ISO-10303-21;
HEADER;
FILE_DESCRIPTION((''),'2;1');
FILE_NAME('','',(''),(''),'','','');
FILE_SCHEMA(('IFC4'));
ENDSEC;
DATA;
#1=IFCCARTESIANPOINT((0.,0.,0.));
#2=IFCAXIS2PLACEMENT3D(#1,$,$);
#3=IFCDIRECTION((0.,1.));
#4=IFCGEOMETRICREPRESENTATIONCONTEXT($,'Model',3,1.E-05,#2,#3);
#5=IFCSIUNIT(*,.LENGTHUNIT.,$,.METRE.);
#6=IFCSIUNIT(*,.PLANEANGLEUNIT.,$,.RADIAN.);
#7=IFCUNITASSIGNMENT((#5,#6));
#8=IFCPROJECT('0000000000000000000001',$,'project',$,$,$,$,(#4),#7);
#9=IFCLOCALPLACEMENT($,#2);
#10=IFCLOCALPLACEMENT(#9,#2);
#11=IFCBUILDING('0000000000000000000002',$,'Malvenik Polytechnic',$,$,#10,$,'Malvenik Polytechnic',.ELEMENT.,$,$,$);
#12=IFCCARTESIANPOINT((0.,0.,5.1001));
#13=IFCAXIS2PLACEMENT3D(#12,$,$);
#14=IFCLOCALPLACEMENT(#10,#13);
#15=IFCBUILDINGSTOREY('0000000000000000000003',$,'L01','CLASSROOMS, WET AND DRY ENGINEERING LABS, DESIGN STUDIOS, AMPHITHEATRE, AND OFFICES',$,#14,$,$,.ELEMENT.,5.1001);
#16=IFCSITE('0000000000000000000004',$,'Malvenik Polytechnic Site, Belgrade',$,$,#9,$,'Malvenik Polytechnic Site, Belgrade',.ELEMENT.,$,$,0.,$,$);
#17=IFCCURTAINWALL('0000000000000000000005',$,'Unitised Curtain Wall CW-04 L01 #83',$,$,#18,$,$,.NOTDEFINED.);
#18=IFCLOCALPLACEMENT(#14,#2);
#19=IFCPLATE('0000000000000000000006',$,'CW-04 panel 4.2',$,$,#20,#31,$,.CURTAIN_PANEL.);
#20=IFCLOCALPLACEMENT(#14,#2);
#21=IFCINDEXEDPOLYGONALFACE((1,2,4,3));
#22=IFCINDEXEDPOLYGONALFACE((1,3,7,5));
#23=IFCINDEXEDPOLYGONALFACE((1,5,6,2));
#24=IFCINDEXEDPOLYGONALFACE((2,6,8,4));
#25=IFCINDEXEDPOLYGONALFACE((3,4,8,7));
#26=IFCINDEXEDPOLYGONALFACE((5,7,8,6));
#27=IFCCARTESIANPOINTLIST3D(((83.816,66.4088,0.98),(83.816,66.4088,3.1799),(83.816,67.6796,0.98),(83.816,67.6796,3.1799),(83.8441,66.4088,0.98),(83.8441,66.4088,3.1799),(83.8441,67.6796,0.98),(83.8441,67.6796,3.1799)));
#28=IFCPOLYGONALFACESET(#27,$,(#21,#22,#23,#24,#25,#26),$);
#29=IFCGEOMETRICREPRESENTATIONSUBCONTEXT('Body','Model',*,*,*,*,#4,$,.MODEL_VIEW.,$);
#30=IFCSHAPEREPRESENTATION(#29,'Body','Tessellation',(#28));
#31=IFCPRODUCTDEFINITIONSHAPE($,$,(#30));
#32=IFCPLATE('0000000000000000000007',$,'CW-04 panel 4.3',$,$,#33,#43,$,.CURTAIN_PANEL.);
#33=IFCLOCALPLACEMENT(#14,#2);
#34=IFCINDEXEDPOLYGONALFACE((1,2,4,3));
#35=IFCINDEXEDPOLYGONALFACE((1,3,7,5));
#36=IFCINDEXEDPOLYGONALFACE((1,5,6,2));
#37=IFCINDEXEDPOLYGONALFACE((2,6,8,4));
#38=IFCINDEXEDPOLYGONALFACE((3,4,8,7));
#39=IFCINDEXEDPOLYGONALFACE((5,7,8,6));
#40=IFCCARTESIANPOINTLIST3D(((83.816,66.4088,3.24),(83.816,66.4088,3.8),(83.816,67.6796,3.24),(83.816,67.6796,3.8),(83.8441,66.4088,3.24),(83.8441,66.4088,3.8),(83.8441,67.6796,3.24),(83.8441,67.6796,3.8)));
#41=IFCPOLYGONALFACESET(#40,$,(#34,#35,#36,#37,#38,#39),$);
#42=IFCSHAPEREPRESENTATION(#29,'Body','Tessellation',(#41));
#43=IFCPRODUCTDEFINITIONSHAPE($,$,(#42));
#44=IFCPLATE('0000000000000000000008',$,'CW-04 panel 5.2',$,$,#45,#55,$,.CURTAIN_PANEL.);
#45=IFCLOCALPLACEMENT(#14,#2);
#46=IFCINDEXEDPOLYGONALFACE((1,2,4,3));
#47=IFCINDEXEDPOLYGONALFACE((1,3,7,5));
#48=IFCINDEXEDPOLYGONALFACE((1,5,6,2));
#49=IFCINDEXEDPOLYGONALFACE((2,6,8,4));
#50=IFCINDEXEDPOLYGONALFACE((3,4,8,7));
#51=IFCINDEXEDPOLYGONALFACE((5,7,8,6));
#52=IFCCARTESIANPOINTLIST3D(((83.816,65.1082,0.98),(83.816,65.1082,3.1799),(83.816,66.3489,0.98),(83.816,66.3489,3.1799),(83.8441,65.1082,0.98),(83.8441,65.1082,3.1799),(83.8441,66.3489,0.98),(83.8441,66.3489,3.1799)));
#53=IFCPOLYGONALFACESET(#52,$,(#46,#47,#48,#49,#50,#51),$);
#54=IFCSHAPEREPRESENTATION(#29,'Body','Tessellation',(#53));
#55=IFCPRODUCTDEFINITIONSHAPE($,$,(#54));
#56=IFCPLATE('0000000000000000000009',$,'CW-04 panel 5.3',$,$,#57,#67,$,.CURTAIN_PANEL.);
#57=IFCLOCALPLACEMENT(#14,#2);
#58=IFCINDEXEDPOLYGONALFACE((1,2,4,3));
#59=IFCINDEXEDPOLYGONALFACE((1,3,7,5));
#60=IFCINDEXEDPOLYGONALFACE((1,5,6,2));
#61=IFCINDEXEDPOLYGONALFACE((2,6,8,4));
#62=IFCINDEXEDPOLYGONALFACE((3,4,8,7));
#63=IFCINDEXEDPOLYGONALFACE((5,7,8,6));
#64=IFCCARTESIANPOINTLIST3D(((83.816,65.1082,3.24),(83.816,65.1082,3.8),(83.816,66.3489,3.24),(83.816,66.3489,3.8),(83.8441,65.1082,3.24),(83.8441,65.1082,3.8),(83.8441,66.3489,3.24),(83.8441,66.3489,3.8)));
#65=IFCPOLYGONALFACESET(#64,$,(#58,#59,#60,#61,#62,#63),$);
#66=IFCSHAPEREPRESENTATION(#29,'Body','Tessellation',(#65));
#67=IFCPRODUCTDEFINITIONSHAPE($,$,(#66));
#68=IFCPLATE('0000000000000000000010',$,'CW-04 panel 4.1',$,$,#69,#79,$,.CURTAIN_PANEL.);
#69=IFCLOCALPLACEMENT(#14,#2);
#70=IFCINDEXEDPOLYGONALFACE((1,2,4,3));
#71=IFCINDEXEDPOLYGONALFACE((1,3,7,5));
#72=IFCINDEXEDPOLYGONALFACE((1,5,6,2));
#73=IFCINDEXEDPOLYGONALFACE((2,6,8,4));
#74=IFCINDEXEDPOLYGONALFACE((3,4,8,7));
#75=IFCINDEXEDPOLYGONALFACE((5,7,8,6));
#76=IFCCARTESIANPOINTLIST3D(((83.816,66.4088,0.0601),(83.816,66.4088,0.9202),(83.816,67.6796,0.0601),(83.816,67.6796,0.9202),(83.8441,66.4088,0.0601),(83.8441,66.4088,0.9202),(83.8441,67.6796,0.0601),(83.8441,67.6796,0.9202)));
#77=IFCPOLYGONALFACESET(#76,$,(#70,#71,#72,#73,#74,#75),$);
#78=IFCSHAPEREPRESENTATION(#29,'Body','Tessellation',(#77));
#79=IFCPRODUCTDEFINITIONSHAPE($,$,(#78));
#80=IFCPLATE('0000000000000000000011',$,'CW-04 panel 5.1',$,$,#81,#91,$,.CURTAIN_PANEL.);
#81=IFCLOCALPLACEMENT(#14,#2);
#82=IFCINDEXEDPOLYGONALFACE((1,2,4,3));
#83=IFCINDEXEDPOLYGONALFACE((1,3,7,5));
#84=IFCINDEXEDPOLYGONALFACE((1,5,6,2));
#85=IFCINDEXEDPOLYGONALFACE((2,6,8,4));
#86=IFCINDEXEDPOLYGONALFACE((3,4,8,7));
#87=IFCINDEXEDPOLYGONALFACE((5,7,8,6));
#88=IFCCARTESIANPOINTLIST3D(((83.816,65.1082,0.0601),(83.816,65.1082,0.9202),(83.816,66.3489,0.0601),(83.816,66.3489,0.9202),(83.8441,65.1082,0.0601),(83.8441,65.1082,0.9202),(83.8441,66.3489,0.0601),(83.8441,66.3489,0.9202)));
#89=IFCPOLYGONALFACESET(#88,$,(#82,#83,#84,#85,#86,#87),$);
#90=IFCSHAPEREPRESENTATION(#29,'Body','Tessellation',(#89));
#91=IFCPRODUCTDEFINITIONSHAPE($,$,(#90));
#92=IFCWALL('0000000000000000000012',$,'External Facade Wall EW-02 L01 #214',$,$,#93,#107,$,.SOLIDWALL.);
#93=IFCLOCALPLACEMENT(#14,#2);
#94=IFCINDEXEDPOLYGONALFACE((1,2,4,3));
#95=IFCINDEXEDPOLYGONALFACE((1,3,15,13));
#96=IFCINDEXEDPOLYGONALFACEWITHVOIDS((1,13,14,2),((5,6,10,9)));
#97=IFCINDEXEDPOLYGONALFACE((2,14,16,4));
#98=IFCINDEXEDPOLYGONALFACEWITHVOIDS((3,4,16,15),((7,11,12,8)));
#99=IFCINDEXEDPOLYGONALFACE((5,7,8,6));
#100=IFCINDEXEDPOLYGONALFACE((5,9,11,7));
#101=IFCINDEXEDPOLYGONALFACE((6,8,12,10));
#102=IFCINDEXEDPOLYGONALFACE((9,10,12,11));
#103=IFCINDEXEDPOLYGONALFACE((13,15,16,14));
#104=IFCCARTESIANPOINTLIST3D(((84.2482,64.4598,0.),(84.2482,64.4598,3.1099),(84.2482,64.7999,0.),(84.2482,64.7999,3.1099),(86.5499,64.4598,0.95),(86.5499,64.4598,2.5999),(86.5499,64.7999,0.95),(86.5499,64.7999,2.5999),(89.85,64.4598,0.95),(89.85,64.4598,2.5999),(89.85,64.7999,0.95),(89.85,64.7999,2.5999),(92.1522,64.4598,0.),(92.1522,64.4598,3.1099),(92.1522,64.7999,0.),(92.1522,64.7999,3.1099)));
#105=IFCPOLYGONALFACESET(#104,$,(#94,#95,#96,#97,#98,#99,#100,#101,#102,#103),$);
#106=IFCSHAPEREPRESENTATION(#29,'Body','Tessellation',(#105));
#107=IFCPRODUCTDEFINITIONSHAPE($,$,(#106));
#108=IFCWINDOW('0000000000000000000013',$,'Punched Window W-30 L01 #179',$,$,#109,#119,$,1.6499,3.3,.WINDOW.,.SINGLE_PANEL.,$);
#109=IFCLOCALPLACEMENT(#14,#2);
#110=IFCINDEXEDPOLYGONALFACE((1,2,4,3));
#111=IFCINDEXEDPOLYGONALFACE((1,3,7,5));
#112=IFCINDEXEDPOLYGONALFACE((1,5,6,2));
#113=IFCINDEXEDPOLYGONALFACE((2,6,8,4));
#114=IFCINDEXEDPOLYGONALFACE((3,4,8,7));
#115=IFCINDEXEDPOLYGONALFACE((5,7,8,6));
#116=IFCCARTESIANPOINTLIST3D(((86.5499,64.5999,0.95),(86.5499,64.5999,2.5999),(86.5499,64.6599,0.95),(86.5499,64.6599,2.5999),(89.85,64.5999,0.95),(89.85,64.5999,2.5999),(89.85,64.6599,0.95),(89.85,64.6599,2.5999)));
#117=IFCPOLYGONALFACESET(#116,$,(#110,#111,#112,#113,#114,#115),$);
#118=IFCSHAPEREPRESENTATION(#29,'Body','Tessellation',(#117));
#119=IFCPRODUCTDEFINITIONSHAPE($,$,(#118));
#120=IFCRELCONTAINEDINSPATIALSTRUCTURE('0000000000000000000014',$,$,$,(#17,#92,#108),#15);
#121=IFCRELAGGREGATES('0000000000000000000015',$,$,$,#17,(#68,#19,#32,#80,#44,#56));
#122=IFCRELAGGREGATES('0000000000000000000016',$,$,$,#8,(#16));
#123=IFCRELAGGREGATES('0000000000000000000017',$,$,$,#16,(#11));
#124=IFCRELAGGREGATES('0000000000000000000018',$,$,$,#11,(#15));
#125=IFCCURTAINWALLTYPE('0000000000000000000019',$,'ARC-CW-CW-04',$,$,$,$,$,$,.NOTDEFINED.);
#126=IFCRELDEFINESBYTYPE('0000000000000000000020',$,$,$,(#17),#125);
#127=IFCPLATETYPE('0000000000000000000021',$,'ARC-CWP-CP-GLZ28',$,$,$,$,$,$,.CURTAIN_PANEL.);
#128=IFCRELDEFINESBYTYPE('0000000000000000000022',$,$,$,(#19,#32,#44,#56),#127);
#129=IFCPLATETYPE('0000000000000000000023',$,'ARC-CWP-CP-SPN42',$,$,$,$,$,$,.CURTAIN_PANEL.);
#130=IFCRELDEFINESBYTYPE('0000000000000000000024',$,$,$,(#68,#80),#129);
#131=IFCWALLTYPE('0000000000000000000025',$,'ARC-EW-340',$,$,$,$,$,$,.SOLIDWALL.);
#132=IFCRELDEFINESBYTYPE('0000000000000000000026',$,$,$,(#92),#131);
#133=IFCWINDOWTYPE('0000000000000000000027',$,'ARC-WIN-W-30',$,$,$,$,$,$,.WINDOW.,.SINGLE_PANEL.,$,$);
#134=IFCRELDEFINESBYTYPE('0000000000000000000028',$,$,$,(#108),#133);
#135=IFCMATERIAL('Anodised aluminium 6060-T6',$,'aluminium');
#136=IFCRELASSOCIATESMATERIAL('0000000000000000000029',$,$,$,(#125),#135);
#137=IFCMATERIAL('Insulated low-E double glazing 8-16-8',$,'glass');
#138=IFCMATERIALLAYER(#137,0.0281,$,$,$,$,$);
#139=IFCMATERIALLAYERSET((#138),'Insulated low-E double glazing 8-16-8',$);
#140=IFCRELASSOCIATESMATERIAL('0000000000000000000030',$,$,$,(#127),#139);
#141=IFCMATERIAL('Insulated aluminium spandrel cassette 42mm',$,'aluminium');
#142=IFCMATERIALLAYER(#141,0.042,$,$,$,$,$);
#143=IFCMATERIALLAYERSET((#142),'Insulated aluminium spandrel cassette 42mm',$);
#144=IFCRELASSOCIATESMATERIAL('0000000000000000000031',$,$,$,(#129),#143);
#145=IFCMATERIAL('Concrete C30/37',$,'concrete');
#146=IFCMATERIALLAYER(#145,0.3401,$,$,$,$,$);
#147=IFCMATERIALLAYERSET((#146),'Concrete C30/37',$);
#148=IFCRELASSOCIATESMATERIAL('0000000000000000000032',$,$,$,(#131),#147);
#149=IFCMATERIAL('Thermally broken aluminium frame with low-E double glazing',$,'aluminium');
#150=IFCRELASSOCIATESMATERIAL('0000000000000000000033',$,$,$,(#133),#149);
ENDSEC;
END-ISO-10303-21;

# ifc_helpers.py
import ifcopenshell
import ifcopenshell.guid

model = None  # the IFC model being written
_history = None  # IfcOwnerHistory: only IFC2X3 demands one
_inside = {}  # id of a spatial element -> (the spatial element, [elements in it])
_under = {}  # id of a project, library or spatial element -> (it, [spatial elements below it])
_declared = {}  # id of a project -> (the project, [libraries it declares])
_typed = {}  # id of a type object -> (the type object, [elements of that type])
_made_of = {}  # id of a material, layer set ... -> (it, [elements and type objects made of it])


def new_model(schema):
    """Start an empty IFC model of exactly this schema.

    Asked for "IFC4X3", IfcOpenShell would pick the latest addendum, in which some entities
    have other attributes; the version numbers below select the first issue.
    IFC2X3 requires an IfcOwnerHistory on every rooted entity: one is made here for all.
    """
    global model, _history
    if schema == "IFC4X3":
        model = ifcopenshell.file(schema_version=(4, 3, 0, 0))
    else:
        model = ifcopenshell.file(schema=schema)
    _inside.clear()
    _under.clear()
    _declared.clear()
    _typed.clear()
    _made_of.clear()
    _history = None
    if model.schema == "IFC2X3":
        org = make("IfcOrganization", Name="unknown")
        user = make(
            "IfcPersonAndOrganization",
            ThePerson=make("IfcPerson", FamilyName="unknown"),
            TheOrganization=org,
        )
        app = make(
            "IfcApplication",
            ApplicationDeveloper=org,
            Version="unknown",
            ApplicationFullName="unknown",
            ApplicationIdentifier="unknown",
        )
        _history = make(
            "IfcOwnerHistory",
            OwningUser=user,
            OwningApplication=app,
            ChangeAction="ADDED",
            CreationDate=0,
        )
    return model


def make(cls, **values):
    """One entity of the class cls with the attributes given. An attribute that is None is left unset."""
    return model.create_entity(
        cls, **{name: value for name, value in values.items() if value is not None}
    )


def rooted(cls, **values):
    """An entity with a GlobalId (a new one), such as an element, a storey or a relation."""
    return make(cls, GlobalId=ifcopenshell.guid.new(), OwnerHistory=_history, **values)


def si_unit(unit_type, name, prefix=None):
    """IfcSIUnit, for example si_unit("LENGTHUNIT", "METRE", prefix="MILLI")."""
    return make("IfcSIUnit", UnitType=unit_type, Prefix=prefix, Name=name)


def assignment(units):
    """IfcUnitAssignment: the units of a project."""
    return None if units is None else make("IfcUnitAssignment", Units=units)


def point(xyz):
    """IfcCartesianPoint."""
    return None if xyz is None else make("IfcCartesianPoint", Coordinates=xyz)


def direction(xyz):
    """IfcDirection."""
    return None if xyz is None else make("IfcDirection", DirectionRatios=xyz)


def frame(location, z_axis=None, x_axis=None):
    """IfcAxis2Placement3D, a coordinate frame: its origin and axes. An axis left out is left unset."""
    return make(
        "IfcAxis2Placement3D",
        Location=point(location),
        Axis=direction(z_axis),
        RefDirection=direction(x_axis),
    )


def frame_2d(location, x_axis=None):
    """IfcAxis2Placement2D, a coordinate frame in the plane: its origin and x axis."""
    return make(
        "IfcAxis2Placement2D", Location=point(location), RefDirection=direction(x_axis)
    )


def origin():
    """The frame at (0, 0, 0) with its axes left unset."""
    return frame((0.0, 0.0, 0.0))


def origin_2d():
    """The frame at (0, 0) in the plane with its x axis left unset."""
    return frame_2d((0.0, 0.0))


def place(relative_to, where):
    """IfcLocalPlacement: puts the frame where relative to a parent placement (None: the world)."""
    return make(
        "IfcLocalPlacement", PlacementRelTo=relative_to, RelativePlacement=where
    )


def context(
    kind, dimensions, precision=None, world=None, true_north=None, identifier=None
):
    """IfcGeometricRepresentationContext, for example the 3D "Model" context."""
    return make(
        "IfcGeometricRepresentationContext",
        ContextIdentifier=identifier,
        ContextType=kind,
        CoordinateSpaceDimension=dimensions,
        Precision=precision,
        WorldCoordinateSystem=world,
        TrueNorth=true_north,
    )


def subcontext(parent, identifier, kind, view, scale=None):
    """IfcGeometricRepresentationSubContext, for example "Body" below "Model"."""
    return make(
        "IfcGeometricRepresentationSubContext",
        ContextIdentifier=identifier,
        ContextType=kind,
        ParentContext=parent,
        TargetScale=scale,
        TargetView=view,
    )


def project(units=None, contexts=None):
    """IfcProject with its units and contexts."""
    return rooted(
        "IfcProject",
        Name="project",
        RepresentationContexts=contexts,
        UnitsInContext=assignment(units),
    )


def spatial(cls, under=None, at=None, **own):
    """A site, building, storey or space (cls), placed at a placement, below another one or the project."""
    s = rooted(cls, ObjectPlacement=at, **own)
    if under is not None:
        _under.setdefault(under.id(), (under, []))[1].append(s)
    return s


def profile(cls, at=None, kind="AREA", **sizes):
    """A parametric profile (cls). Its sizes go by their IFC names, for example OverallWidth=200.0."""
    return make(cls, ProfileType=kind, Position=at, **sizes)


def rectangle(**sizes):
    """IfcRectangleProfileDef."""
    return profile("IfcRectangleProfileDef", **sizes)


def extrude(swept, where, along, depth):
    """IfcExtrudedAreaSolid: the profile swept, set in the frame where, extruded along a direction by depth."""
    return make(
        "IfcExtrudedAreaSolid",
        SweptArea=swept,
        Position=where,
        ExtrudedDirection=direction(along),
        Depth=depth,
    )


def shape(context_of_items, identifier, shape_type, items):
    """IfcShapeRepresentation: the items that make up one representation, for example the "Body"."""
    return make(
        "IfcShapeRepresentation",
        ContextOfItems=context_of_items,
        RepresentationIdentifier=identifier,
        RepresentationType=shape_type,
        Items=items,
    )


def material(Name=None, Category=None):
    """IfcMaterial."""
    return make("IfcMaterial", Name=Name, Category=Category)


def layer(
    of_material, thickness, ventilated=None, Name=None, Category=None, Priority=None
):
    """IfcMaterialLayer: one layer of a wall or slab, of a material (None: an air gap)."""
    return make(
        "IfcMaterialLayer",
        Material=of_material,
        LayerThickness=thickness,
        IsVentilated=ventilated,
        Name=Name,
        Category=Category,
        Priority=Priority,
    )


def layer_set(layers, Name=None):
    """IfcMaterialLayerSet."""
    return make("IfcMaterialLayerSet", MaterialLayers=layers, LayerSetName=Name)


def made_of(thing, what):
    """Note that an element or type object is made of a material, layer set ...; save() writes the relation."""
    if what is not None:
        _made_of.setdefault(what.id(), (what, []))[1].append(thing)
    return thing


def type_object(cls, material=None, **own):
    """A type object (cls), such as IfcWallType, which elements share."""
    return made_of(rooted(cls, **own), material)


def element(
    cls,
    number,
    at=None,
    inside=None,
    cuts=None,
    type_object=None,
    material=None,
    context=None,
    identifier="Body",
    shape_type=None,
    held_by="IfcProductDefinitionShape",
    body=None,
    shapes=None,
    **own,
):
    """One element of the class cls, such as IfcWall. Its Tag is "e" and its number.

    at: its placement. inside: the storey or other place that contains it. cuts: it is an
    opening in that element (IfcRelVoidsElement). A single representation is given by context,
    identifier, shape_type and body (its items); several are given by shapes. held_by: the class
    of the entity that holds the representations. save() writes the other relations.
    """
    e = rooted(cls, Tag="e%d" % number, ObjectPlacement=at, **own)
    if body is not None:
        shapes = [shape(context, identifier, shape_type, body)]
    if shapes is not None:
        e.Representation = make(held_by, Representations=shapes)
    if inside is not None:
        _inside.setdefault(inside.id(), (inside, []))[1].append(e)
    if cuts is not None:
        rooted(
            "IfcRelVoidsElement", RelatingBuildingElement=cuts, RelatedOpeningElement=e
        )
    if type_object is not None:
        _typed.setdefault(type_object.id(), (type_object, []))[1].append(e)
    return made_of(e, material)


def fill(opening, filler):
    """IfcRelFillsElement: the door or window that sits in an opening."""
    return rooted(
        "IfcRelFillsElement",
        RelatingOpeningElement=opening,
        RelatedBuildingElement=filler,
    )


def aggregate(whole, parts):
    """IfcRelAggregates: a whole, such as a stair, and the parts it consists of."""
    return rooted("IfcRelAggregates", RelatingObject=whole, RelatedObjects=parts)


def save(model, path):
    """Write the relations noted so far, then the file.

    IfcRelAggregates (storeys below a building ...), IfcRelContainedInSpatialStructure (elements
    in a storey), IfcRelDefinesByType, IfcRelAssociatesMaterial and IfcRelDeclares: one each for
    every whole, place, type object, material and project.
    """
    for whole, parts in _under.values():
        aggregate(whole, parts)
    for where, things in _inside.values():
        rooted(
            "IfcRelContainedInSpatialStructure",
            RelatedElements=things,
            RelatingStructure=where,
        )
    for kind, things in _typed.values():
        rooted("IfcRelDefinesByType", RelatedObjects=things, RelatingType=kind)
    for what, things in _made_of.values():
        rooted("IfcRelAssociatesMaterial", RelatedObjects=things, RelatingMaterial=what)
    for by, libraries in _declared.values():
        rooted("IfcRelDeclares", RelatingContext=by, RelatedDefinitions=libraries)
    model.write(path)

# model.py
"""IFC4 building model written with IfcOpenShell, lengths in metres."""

from ifc_helpers import new_model, si_unit, direction, frame, frame_2d, origin, origin_2d, place, context, subcontext, project, spatial, rectangle, extrude, material, layer, layer_set, type_object, element, fill, aggregate, save


model = new_model("IFC4")

# Units and contexts
model_context = context("Model", 3, precision=1e-05, world=origin(), true_north=direction((0.0, 1.0)))
body_context = subcontext(model_context, "Body", "Model", "MODEL_VIEW")
ifc_project = project(units=[si_unit("LENGTHUNIT", "METRE"), si_unit("PLANEANGLEUNIT", "RADIAN")], contexts=[model_context])

# Site, building, storey
site_placement = place(None, origin())
site = spatial("IfcSite", under=ifc_project, at=site_placement, Name="Malvenik Polytechnic Site, Belgrade", LongName="Malvenik Polytechnic Site, Belgrade", CompositionType="ELEMENT", RefElevation=0.0)
building_placement = place(site_placement, origin())
building = spatial("IfcBuilding", under=site, at=building_placement, Name="Malvenik Polytechnic", LongName="Malvenik Polytechnic", CompositionType="ELEMENT")
storey_placement = place(building_placement, frame((0.0, 0.0, 5.1001)))
storey = spatial("IfcBuildingStorey", under=building, at=storey_placement, Name="L01", Description="CLASSROOMS, WET AND DRY ENGINEERING LABS, DESIGN STUDIOS, AMPHITHEATRE, AND OFFICES", CompositionType="ELEMENT", Elevation=5.1001)

# Curtain wall
ifc_material_1 = material(Name="Anodised aluminium 6060-T6", Category="aluminium")
curtain_wall_type = type_object("IfcCurtainWallType", Name="ARC-CW-CW-04", PredefinedType="NOTDEFINED", material=ifc_material_1)
curtain_wall_placement = place(storey_placement, origin())
curtain_wall = element("IfcCurtainWall", 1, at=curtain_wall_placement, inside=storey, type_object=curtain_wall_type, Name="Unitised Curtain Wall CW-04 L01 #83", PredefinedType="NOTDEFINED")

# Plates
ifc_material_2 = material(Name="Insulated low-E double glazing 8-16-8", Category="glass")
ifc_layer_1 = layer(ifc_material_2, 0.0281)
ifc_layer_set_1 = layer_set([ifc_layer_1], Name="Insulated low-E double glazing 8-16-8")
plate_type_1 = type_object("IfcPlateType", Name="ARC-CWP-CP-GLZ28", PredefinedType="CURTAIN_PANEL", material=ifc_layer_set_1)
plate_1_placement = place(storey_placement, frame((83.8301, 67.0442, 0.98), z_axis=(0.0, 0.0, 1.0), x_axis=(0.0, -1.0, 0.0)))
plate_1 = element("IfcPlate", 2, at=plate_1_placement, type_object=plate_type_1, Name="CW-04 panel 4.2", PredefinedType="CURTAIN_PANEL", context=body_context, shape_type="SweptSolid", body=[
    extrude(rectangle(XDim=1.2708, YDim=0.0281, at=origin_2d()), origin(), (0.0, 0.0, 1.0), 2.2),
])
plate_2_placement = place(storey_placement, frame((83.8301, 67.0442, 3.24), z_axis=(0.0, 0.0, 1.0), x_axis=(0.0, -1.0, 0.0)))
plate_2 = element("IfcPlate", 3, at=plate_2_placement, type_object=plate_type_1, Name="CW-04 panel 4.3", PredefinedType="CURTAIN_PANEL", context=body_context, shape_type="SweptSolid", body=[
    extrude(rectangle(XDim=1.2708, YDim=0.0281, at=origin_2d()), origin(), (0.0, 0.0, 1.0), 0.5601),
])
plate_3_placement = place(storey_placement, frame((83.8301, 65.7285, 0.98), z_axis=(0.0, 0.0, 1.0), x_axis=(0.0, -1.0, 0.0)))
plate_3 = element("IfcPlate", 4, at=plate_3_placement, type_object=plate_type_1, Name="CW-04 panel 5.2", PredefinedType="CURTAIN_PANEL", context=body_context, shape_type="SweptSolid", body=[
    extrude(rectangle(XDim=1.2407, YDim=0.0281, at=origin_2d()), origin(), (0.0, 0.0, 1.0), 2.2),
])
plate_4_placement = place(storey_placement, frame((83.8301, 65.7285, 3.24), z_axis=(0.0, 0.0, 1.0), x_axis=(0.0, -1.0, 0.0)))
plate_4 = element("IfcPlate", 5, at=plate_4_placement, type_object=plate_type_1, Name="CW-04 panel 5.3", PredefinedType="CURTAIN_PANEL", context=body_context, shape_type="SweptSolid", body=[
    extrude(rectangle(XDim=1.2407, YDim=0.0281, at=origin_2d()), origin(), (0.0, 0.0, 1.0), 0.5601),
])
ifc_material_3 = material(Name="Insulated aluminium spandrel cassette 42mm", Category="aluminium")
ifc_layer_2 = layer(ifc_material_3, 0.042)
ifc_layer_set_2 = layer_set([ifc_layer_2], Name="Insulated aluminium spandrel cassette 42mm")
plate_type_2 = type_object("IfcPlateType", Name="ARC-CWP-CP-SPN42", PredefinedType="CURTAIN_PANEL", material=ifc_layer_set_2)
plate_5_placement = place(storey_placement, frame((83.8301, 67.0442, 0.0601), z_axis=(0.0, 0.0, 1.0), x_axis=(0.0, -1.0, 0.0)))
plate_5 = element("IfcPlate", 6, at=plate_5_placement, type_object=plate_type_2, Name="CW-04 panel 4.1", PredefinedType="CURTAIN_PANEL", context=body_context, shape_type="SweptSolid", body=[
    extrude(rectangle(XDim=1.2708, YDim=0.0281, at=origin_2d()), origin(), (0.0, 0.0, 1.0), 0.8601),
])
plate_6_placement = place(storey_placement, frame((83.8301, 65.7285, 0.0601), z_axis=(0.0, 0.0, 1.0), x_axis=(0.0, -1.0, 0.0)))
plate_6 = element("IfcPlate", 7, at=plate_6_placement, type_object=plate_type_2, Name="CW-04 panel 5.1", PredefinedType="CURTAIN_PANEL", context=body_context, shape_type="SweptSolid", body=[
    extrude(rectangle(XDim=1.2407, YDim=0.0281, at=origin_2d()), origin(), (0.0, 0.0, 1.0), 0.8601),
])
aggregate(curtain_wall, [plate_5, plate_1, plate_2, plate_6, plate_3, plate_4])

# Wall, opening, window
ifc_material_4 = material(Name="Concrete C30/37", Category="concrete")
ifc_layer_3 = layer(ifc_material_4, 0.3401)
ifc_layer_set_3 = layer_set([ifc_layer_3], Name="Concrete C30/37")
wall_type = type_object("IfcWallType", Name="ARC-EW-340", PredefinedType="SOLIDWALL", material=ifc_layer_set_3)
wall_placement = place(storey_placement, frame((84.248, 64.6299, 0.0), z_axis=(0.0, 0.0, 1.0), x_axis=(1.0, 0.0, 0.0)))
wall = element("IfcWall", 8, at=wall_placement, inside=storey, type_object=wall_type, Name="External Facade Wall EW-02 L01 #214", PredefinedType="SOLIDWALL", context=body_context, shape_type="SweptSolid", body=[
    extrude(rectangle(XDim=7.9041, YDim=0.3401, at=frame_2d((3.9521, 0.0))), origin(), (0.0, 0.0, 1.0), 3.1099),
])
opening_placement = place(wall_placement, frame((2.302, 0.0, 0.95)))
opening = element("IfcOpeningElement", 9, at=opening_placement, cuts=wall, PredefinedType="OPENING", context=body_context, shape_type="SweptSolid", body=[
    extrude(rectangle(XDim=3.3, YDim=1.6499, at=frame_2d((1.6499, 0.825))), frame((0.0, 0.1802, 0.0), z_axis=(0.0, -1.0, 0.0), x_axis=(1.0, 0.0, 0.0)), (0.0, 0.0, 1.0), 0.3601),
])
ifc_material_5 = material(Name="Thermally broken aluminium frame with low-E double glazing", Category="aluminium")
window_type = type_object("IfcWindowType", Name="ARC-WIN-W-30", PartitioningType="SINGLE_PANEL", PredefinedType="WINDOW", material=ifc_material_5)
window_placement = place(opening_placement, origin())
window = element("IfcWindow", 10, at=window_placement, inside=storey, type_object=window_type, Name="Punched Window W-30 L01 #179", OverallHeight=1.6499, OverallWidth=3.3, PartitioningType="SINGLE_PANEL", PredefinedType="WINDOW", context=body_context, shape_type="SweptSolid", body=[
    extrude(rectangle(XDim=3.3, YDim=1.6499, at=frame_2d((1.6499, 0.825))), frame((0.0, 0.03, 0.0), z_axis=(0.0, -1.0, 0.0), x_axis=(1.0, 0.0, 0.0)), (0.0, 0.0, 1.0), 0.0601),
])
fill(opening, window)

save(model, "model.ifc")
